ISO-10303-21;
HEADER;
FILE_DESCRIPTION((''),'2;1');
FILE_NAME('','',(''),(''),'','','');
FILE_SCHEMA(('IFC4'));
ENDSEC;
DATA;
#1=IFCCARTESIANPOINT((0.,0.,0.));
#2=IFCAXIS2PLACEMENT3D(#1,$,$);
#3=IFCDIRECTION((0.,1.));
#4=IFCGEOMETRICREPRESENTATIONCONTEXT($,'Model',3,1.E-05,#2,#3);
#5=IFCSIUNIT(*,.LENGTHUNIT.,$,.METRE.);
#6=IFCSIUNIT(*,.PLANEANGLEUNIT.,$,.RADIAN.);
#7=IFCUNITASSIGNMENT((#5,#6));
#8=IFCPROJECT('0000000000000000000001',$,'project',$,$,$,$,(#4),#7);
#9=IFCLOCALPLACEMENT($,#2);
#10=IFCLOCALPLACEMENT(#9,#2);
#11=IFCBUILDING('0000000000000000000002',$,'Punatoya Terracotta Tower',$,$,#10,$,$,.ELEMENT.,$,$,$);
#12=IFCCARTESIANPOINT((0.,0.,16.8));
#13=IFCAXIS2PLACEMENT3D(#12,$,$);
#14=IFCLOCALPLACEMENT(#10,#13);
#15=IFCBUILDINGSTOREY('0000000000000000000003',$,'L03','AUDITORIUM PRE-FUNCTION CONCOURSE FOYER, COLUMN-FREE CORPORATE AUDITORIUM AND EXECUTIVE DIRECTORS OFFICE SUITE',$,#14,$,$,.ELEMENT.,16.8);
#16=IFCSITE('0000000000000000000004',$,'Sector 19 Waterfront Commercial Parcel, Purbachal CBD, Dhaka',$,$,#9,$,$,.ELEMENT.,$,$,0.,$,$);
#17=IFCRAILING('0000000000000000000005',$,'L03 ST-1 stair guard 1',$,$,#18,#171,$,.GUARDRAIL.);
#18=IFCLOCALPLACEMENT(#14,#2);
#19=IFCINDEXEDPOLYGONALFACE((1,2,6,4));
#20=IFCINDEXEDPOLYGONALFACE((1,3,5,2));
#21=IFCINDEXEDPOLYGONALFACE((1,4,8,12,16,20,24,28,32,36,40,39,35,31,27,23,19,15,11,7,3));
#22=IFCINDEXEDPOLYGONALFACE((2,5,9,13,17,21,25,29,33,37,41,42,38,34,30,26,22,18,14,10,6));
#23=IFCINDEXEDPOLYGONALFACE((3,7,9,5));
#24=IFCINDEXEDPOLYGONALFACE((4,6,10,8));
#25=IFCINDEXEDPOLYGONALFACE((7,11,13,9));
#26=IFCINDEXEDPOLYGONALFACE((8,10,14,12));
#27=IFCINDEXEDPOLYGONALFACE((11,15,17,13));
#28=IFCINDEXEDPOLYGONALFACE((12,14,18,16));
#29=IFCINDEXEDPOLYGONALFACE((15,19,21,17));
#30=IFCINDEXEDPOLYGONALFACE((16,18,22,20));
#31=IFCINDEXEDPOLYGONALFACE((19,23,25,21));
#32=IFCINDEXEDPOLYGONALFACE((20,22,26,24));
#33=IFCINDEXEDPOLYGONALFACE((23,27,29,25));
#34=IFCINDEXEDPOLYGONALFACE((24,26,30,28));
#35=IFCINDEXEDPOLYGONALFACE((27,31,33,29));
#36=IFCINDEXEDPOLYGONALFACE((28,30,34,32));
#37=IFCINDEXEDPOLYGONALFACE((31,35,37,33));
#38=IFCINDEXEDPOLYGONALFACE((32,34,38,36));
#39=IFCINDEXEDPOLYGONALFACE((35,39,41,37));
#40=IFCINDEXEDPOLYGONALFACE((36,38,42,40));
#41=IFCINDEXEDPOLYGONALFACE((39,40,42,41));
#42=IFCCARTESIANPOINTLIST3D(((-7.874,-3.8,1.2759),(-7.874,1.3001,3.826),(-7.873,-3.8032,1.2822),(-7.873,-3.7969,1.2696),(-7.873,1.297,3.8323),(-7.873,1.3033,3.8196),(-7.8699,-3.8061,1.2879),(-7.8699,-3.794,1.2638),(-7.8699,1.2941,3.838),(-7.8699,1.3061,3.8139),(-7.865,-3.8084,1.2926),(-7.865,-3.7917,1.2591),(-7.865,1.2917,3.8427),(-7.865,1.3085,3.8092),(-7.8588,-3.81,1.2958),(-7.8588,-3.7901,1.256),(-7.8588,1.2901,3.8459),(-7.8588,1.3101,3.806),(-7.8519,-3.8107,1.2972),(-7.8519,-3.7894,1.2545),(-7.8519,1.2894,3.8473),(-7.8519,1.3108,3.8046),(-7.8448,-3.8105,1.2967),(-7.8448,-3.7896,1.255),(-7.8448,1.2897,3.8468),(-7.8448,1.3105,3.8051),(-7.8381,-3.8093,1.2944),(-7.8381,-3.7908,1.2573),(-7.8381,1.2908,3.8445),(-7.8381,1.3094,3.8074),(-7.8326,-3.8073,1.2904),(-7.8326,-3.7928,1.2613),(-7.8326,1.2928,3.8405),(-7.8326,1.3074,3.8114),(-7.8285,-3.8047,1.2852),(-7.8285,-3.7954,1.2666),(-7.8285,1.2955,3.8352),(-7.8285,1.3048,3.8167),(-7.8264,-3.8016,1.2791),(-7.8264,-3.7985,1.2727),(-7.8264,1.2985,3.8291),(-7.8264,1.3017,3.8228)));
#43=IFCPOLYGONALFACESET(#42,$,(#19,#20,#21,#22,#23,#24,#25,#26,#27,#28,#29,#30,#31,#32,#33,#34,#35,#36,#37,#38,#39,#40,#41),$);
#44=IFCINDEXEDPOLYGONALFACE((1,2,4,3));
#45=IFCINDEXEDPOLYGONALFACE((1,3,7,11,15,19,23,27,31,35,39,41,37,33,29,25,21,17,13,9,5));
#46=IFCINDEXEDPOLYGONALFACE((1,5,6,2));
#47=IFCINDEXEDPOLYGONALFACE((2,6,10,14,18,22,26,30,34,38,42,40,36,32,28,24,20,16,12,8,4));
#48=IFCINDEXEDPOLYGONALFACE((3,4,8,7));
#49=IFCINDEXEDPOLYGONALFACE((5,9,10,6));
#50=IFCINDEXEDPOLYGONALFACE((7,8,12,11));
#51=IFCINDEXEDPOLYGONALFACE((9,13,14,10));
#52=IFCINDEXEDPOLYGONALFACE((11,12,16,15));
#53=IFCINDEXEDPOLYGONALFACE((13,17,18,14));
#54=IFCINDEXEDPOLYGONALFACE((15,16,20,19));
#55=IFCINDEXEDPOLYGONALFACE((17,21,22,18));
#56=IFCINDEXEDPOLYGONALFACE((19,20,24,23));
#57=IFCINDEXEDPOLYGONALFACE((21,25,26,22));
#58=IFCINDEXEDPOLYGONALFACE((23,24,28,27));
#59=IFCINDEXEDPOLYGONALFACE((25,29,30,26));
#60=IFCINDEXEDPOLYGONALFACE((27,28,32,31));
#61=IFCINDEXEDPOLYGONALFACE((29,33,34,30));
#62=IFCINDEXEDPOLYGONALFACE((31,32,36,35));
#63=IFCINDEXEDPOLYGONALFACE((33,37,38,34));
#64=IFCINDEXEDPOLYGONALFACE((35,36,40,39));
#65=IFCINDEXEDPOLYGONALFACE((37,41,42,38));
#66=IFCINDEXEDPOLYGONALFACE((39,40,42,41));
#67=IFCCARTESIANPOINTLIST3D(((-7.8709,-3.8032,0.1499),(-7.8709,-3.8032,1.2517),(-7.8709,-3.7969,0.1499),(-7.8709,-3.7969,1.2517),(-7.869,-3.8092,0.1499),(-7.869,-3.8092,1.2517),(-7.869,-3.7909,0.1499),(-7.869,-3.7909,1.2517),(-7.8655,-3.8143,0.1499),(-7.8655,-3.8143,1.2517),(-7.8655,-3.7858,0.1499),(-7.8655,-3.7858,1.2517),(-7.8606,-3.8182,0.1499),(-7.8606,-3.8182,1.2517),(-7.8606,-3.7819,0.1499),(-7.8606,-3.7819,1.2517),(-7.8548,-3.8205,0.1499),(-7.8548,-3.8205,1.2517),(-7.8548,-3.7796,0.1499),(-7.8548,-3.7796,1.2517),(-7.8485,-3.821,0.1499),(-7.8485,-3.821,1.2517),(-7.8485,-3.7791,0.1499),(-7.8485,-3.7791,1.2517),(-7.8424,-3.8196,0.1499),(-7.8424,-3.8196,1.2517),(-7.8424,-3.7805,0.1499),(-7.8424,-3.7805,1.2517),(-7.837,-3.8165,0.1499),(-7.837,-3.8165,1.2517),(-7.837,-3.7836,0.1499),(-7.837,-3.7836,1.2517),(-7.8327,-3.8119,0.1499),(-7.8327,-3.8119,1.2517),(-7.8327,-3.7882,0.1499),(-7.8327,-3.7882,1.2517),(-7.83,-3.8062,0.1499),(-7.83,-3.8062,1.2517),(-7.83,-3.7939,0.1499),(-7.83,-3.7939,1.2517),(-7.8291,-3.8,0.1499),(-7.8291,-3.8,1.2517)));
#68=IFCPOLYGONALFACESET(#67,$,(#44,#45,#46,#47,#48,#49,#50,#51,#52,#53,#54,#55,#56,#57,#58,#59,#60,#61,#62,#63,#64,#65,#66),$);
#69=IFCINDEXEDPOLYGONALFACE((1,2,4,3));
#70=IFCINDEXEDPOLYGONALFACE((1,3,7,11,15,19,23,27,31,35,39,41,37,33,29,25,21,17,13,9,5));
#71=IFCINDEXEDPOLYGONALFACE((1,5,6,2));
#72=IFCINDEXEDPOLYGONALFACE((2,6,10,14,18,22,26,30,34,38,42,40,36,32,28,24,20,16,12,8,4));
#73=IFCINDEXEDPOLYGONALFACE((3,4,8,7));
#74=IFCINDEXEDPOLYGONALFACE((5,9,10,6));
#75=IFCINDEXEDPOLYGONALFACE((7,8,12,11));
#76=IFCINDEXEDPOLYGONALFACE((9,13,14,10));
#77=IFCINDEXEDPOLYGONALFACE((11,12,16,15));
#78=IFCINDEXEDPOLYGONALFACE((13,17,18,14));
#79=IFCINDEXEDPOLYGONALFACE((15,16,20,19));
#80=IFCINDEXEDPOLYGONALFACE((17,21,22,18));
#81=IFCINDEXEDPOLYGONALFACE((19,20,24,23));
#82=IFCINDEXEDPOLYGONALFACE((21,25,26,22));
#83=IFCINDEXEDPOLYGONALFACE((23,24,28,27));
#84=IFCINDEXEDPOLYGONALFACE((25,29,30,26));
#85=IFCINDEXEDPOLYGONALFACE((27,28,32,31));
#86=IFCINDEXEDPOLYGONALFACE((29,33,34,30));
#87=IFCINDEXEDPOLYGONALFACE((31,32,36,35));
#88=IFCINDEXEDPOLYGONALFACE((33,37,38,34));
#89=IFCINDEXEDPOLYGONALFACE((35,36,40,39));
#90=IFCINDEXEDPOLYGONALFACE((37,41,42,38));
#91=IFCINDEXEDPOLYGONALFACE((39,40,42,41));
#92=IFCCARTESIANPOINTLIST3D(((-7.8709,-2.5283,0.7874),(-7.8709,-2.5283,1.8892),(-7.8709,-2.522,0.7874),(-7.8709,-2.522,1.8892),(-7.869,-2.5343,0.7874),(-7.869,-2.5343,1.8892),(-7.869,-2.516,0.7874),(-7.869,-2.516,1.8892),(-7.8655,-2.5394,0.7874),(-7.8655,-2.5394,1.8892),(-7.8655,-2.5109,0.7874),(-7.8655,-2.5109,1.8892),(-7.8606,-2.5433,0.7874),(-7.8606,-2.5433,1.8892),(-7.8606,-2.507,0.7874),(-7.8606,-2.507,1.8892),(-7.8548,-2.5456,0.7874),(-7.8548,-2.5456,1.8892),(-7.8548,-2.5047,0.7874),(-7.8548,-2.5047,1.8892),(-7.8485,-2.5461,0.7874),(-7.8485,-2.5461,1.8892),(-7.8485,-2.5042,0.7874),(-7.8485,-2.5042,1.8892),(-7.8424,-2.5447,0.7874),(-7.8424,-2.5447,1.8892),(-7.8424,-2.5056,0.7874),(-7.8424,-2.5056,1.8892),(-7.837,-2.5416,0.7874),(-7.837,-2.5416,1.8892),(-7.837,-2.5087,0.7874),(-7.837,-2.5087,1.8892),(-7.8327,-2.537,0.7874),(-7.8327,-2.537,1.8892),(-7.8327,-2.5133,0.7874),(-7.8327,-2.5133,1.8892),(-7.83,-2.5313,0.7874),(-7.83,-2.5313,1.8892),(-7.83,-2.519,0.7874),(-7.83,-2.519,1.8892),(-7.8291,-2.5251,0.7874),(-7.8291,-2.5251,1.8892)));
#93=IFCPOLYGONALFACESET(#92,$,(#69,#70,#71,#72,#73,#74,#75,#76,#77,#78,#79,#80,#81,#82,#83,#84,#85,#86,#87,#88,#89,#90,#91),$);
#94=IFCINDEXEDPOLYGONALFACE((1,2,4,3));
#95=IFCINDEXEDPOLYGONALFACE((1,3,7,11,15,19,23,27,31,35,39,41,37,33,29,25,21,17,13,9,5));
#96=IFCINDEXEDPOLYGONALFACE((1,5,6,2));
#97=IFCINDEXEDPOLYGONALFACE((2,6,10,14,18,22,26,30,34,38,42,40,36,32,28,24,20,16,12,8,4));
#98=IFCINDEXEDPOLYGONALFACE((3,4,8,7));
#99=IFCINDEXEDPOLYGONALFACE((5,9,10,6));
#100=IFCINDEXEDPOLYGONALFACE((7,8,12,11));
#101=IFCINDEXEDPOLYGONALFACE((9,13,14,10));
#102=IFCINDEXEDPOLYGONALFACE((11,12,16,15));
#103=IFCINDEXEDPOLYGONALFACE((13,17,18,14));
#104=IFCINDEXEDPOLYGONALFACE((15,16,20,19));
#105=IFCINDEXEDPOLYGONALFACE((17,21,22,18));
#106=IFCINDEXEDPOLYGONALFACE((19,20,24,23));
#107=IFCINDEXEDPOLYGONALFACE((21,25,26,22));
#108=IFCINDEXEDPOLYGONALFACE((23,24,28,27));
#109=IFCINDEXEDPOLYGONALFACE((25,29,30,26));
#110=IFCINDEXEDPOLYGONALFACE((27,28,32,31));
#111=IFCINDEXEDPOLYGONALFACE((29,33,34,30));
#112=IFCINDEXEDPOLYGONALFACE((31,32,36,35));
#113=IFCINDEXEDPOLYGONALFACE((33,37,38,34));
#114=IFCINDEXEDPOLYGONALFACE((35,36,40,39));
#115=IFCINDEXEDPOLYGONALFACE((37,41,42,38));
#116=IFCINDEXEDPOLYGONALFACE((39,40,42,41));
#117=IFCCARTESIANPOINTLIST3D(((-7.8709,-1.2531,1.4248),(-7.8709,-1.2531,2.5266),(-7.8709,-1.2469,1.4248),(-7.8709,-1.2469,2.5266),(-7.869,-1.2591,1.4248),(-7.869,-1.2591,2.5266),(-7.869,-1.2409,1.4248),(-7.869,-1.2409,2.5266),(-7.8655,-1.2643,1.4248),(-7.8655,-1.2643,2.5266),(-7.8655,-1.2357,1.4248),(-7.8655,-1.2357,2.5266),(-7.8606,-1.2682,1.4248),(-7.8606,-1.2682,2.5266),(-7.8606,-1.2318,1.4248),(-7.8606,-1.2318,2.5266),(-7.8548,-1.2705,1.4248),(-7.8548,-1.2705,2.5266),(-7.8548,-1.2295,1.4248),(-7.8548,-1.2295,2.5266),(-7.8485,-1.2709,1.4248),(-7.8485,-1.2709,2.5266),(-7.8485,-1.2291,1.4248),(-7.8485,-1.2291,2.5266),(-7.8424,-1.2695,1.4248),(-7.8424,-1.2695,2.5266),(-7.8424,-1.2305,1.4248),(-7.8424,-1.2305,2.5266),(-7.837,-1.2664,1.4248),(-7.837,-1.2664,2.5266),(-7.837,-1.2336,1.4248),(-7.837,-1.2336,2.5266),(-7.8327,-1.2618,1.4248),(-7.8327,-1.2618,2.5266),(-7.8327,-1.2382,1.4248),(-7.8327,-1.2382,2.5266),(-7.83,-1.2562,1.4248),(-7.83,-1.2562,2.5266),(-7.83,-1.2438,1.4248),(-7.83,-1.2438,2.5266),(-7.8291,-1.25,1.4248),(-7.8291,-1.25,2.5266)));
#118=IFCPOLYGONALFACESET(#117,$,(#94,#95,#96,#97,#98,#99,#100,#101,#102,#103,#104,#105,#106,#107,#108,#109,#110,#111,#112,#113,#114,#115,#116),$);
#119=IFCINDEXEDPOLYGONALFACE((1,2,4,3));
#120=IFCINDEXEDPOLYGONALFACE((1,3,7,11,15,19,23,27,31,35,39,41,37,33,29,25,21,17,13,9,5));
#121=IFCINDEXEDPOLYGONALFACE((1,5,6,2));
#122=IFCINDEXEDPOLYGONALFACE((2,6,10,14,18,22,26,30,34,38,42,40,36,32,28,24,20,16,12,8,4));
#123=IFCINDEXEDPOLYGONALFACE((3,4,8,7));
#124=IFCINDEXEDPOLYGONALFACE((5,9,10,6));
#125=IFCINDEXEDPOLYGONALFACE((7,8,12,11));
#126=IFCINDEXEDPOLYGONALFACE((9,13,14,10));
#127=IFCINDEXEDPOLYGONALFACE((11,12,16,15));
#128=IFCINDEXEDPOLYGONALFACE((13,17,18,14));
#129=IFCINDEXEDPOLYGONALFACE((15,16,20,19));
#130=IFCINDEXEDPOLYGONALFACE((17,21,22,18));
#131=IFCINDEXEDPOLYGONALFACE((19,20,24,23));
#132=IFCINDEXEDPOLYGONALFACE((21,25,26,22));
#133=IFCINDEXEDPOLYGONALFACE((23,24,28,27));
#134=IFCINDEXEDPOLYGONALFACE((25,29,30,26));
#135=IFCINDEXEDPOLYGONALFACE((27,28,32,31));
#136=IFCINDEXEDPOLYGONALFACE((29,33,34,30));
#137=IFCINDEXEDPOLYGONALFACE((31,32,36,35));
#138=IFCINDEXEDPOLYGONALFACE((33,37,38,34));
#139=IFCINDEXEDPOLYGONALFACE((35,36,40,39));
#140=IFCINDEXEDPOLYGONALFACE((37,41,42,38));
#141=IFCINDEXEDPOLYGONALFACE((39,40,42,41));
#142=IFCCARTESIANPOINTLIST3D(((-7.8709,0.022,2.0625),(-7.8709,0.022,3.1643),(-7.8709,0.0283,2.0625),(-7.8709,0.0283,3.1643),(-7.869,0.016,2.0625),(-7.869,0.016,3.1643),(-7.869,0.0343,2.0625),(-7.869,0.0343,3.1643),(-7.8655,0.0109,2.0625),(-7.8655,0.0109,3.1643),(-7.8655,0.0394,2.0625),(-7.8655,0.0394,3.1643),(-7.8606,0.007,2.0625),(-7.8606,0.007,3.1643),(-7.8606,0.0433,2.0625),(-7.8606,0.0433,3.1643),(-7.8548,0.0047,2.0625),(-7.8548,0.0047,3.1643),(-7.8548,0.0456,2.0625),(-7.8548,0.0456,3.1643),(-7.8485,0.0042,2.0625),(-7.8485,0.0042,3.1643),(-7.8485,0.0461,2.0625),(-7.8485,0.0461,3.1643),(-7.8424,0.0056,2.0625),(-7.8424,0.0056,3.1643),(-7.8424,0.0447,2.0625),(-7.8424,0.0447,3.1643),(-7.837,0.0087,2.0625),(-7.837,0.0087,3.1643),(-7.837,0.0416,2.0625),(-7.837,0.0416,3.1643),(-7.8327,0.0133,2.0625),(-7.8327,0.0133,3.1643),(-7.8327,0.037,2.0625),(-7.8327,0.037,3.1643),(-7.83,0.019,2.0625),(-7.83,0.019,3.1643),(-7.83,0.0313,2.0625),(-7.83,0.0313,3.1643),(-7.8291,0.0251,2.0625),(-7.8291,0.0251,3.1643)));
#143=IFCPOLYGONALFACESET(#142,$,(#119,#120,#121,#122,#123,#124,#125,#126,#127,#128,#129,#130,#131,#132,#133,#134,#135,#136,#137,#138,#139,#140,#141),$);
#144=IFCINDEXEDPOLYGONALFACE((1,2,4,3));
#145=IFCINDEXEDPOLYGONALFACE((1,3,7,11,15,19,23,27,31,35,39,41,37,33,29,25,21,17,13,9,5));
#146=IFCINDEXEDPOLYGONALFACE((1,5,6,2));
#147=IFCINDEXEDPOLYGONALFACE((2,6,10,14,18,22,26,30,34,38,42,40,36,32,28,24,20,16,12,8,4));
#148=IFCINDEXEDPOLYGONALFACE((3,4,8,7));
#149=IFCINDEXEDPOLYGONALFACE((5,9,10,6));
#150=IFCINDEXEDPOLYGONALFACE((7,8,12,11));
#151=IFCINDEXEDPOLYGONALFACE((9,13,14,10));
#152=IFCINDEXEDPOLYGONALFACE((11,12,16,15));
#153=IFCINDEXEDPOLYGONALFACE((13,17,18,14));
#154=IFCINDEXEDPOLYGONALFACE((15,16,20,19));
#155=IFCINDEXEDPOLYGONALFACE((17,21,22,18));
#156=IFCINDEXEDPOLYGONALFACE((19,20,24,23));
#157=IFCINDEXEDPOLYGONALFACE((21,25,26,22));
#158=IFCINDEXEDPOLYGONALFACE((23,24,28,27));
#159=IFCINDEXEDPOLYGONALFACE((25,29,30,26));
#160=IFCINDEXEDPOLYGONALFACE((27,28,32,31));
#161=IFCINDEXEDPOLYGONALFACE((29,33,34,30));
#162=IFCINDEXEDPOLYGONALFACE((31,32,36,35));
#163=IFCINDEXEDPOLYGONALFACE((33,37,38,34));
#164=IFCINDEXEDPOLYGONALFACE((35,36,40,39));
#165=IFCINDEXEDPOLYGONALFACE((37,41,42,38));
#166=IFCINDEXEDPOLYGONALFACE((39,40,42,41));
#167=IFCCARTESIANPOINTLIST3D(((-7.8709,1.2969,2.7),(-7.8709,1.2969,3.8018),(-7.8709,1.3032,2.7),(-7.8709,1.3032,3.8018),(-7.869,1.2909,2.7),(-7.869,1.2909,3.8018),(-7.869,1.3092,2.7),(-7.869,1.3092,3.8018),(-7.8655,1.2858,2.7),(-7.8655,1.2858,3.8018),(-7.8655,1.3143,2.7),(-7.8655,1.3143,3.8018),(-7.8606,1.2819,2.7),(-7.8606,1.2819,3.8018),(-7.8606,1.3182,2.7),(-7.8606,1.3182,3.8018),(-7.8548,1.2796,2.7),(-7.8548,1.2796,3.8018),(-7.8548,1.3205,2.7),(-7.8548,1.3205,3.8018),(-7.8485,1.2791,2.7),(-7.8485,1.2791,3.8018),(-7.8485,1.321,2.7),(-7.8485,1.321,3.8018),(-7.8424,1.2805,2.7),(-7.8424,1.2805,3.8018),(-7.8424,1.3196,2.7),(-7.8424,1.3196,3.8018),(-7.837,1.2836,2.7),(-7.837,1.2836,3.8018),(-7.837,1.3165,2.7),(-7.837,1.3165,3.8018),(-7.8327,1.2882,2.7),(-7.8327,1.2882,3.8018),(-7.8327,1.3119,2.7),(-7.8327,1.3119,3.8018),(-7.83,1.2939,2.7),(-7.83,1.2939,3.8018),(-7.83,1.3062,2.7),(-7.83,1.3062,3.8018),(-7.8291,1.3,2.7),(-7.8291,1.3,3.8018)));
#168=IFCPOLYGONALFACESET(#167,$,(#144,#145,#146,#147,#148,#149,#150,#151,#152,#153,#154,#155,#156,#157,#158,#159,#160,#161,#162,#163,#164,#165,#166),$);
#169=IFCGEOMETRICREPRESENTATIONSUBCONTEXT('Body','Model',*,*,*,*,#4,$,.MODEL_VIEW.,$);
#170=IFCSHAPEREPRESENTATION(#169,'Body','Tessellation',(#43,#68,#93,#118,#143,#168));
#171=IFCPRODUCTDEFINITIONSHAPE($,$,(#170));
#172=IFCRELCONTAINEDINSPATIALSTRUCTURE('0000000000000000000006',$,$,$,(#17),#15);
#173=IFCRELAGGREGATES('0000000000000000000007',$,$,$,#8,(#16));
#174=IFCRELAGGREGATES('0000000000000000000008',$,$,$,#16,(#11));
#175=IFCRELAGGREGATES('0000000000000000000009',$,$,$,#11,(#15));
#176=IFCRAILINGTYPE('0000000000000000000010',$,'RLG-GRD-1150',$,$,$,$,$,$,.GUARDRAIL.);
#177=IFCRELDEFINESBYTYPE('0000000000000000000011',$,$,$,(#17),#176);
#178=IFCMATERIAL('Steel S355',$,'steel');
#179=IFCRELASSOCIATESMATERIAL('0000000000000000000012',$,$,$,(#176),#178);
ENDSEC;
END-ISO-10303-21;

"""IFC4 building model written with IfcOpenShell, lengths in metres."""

from ifc_helpers import new_model, si_unit, direction, frame, origin, origin_2d, place, context, subcontext, project, spatial, circle, extrude, material, type_object, element, save


model = new_model("IFC4")

# Units and contexts
model_context = context("Model", 3, precision=1e-05, world=origin(), true_north=direction((0.0, 1.0)))
body_context = subcontext(model_context, "Body", "Model", "MODEL_VIEW")
ifc_project = project(units=[si_unit("LENGTHUNIT", "METRE"), si_unit("PLANEANGLEUNIT", "RADIAN")], contexts=[model_context])

# Site, building, storey
site_placement = place(None, origin())
site = spatial("IfcSite", under=ifc_project, at=site_placement, Name="Sector 19 Waterfront Commercial Parcel, Purbachal CBD, Dhaka", CompositionType="ELEMENT", RefElevation=0.0)
building_placement = place(site_placement, origin())
building = spatial("IfcBuilding", under=site, at=building_placement, Name="Punatoya Terracotta Tower", CompositionType="ELEMENT")
storey_placement = place(building_placement, frame((0.0, 0.0, 16.8)))
storey = spatial("IfcBuildingStorey", under=building, at=storey_placement, Name="L03", Description="AUDITORIUM PRE-FUNCTION CONCOURSE FOYER, COLUMN-FREE CORPORATE AUDITORIUM AND EXECUTIVE DIRECTORS OFFICE SUITE", CompositionType="ELEMENT", Elevation=16.8)

# Railing
ifc_material_1 = material(Name="Steel S355", Category="steel")
railing_type_1 = type_object("IfcRailingType", Name="RLG-GRD-1150", PredefinedType="GUARDRAIL", material=ifc_material_1)
railing_1_placement = place(storey_placement, frame((-7.8501, -3.8, 0.1499)))
element("IfcRailing", 1, at=railing_1_placement, inside=storey, type_object=railing_type_1, Name="L03 ST-1 stair guard 1", PredefinedType="GUARDRAIL", context=body_context, shape_type="SweptSolid", body=[
    extrude(circle(Radius=0.0239, at=origin_2d()), frame((0.0, 0.0, 1.126), z_axis=(0.0, 0.894427, 0.447214), x_axis=(-1.0, 0.0, 0.0)), (0.0, 0.0, 1.0), 5.7021),
    extrude(circle(Radius=0.021, at=origin_2d()), origin(), (0.0, 0.0, 1.0), 1.1018),
    extrude(circle(Radius=0.021, at=origin_2d()), frame((0.0, 1.2749, 0.6375)), (0.0, 0.0, 1.0), 1.1018),
    extrude(circle(Radius=0.021, at=origin_2d()), frame((0.0, 2.55, 1.2749)), (0.0, 0.0, 1.0), 1.1018),
    extrude(circle(Radius=0.021, at=origin_2d()), frame((0.0, 3.8252, 1.9126)), (0.0, 0.0, 1.0), 1.1018),
    extrude(circle(Radius=0.021, at=origin_2d()), frame((0.0, 5.1001, 2.55)), (0.0, 0.0, 1.0), 1.1018),
])

save(model, "model.ifc")
